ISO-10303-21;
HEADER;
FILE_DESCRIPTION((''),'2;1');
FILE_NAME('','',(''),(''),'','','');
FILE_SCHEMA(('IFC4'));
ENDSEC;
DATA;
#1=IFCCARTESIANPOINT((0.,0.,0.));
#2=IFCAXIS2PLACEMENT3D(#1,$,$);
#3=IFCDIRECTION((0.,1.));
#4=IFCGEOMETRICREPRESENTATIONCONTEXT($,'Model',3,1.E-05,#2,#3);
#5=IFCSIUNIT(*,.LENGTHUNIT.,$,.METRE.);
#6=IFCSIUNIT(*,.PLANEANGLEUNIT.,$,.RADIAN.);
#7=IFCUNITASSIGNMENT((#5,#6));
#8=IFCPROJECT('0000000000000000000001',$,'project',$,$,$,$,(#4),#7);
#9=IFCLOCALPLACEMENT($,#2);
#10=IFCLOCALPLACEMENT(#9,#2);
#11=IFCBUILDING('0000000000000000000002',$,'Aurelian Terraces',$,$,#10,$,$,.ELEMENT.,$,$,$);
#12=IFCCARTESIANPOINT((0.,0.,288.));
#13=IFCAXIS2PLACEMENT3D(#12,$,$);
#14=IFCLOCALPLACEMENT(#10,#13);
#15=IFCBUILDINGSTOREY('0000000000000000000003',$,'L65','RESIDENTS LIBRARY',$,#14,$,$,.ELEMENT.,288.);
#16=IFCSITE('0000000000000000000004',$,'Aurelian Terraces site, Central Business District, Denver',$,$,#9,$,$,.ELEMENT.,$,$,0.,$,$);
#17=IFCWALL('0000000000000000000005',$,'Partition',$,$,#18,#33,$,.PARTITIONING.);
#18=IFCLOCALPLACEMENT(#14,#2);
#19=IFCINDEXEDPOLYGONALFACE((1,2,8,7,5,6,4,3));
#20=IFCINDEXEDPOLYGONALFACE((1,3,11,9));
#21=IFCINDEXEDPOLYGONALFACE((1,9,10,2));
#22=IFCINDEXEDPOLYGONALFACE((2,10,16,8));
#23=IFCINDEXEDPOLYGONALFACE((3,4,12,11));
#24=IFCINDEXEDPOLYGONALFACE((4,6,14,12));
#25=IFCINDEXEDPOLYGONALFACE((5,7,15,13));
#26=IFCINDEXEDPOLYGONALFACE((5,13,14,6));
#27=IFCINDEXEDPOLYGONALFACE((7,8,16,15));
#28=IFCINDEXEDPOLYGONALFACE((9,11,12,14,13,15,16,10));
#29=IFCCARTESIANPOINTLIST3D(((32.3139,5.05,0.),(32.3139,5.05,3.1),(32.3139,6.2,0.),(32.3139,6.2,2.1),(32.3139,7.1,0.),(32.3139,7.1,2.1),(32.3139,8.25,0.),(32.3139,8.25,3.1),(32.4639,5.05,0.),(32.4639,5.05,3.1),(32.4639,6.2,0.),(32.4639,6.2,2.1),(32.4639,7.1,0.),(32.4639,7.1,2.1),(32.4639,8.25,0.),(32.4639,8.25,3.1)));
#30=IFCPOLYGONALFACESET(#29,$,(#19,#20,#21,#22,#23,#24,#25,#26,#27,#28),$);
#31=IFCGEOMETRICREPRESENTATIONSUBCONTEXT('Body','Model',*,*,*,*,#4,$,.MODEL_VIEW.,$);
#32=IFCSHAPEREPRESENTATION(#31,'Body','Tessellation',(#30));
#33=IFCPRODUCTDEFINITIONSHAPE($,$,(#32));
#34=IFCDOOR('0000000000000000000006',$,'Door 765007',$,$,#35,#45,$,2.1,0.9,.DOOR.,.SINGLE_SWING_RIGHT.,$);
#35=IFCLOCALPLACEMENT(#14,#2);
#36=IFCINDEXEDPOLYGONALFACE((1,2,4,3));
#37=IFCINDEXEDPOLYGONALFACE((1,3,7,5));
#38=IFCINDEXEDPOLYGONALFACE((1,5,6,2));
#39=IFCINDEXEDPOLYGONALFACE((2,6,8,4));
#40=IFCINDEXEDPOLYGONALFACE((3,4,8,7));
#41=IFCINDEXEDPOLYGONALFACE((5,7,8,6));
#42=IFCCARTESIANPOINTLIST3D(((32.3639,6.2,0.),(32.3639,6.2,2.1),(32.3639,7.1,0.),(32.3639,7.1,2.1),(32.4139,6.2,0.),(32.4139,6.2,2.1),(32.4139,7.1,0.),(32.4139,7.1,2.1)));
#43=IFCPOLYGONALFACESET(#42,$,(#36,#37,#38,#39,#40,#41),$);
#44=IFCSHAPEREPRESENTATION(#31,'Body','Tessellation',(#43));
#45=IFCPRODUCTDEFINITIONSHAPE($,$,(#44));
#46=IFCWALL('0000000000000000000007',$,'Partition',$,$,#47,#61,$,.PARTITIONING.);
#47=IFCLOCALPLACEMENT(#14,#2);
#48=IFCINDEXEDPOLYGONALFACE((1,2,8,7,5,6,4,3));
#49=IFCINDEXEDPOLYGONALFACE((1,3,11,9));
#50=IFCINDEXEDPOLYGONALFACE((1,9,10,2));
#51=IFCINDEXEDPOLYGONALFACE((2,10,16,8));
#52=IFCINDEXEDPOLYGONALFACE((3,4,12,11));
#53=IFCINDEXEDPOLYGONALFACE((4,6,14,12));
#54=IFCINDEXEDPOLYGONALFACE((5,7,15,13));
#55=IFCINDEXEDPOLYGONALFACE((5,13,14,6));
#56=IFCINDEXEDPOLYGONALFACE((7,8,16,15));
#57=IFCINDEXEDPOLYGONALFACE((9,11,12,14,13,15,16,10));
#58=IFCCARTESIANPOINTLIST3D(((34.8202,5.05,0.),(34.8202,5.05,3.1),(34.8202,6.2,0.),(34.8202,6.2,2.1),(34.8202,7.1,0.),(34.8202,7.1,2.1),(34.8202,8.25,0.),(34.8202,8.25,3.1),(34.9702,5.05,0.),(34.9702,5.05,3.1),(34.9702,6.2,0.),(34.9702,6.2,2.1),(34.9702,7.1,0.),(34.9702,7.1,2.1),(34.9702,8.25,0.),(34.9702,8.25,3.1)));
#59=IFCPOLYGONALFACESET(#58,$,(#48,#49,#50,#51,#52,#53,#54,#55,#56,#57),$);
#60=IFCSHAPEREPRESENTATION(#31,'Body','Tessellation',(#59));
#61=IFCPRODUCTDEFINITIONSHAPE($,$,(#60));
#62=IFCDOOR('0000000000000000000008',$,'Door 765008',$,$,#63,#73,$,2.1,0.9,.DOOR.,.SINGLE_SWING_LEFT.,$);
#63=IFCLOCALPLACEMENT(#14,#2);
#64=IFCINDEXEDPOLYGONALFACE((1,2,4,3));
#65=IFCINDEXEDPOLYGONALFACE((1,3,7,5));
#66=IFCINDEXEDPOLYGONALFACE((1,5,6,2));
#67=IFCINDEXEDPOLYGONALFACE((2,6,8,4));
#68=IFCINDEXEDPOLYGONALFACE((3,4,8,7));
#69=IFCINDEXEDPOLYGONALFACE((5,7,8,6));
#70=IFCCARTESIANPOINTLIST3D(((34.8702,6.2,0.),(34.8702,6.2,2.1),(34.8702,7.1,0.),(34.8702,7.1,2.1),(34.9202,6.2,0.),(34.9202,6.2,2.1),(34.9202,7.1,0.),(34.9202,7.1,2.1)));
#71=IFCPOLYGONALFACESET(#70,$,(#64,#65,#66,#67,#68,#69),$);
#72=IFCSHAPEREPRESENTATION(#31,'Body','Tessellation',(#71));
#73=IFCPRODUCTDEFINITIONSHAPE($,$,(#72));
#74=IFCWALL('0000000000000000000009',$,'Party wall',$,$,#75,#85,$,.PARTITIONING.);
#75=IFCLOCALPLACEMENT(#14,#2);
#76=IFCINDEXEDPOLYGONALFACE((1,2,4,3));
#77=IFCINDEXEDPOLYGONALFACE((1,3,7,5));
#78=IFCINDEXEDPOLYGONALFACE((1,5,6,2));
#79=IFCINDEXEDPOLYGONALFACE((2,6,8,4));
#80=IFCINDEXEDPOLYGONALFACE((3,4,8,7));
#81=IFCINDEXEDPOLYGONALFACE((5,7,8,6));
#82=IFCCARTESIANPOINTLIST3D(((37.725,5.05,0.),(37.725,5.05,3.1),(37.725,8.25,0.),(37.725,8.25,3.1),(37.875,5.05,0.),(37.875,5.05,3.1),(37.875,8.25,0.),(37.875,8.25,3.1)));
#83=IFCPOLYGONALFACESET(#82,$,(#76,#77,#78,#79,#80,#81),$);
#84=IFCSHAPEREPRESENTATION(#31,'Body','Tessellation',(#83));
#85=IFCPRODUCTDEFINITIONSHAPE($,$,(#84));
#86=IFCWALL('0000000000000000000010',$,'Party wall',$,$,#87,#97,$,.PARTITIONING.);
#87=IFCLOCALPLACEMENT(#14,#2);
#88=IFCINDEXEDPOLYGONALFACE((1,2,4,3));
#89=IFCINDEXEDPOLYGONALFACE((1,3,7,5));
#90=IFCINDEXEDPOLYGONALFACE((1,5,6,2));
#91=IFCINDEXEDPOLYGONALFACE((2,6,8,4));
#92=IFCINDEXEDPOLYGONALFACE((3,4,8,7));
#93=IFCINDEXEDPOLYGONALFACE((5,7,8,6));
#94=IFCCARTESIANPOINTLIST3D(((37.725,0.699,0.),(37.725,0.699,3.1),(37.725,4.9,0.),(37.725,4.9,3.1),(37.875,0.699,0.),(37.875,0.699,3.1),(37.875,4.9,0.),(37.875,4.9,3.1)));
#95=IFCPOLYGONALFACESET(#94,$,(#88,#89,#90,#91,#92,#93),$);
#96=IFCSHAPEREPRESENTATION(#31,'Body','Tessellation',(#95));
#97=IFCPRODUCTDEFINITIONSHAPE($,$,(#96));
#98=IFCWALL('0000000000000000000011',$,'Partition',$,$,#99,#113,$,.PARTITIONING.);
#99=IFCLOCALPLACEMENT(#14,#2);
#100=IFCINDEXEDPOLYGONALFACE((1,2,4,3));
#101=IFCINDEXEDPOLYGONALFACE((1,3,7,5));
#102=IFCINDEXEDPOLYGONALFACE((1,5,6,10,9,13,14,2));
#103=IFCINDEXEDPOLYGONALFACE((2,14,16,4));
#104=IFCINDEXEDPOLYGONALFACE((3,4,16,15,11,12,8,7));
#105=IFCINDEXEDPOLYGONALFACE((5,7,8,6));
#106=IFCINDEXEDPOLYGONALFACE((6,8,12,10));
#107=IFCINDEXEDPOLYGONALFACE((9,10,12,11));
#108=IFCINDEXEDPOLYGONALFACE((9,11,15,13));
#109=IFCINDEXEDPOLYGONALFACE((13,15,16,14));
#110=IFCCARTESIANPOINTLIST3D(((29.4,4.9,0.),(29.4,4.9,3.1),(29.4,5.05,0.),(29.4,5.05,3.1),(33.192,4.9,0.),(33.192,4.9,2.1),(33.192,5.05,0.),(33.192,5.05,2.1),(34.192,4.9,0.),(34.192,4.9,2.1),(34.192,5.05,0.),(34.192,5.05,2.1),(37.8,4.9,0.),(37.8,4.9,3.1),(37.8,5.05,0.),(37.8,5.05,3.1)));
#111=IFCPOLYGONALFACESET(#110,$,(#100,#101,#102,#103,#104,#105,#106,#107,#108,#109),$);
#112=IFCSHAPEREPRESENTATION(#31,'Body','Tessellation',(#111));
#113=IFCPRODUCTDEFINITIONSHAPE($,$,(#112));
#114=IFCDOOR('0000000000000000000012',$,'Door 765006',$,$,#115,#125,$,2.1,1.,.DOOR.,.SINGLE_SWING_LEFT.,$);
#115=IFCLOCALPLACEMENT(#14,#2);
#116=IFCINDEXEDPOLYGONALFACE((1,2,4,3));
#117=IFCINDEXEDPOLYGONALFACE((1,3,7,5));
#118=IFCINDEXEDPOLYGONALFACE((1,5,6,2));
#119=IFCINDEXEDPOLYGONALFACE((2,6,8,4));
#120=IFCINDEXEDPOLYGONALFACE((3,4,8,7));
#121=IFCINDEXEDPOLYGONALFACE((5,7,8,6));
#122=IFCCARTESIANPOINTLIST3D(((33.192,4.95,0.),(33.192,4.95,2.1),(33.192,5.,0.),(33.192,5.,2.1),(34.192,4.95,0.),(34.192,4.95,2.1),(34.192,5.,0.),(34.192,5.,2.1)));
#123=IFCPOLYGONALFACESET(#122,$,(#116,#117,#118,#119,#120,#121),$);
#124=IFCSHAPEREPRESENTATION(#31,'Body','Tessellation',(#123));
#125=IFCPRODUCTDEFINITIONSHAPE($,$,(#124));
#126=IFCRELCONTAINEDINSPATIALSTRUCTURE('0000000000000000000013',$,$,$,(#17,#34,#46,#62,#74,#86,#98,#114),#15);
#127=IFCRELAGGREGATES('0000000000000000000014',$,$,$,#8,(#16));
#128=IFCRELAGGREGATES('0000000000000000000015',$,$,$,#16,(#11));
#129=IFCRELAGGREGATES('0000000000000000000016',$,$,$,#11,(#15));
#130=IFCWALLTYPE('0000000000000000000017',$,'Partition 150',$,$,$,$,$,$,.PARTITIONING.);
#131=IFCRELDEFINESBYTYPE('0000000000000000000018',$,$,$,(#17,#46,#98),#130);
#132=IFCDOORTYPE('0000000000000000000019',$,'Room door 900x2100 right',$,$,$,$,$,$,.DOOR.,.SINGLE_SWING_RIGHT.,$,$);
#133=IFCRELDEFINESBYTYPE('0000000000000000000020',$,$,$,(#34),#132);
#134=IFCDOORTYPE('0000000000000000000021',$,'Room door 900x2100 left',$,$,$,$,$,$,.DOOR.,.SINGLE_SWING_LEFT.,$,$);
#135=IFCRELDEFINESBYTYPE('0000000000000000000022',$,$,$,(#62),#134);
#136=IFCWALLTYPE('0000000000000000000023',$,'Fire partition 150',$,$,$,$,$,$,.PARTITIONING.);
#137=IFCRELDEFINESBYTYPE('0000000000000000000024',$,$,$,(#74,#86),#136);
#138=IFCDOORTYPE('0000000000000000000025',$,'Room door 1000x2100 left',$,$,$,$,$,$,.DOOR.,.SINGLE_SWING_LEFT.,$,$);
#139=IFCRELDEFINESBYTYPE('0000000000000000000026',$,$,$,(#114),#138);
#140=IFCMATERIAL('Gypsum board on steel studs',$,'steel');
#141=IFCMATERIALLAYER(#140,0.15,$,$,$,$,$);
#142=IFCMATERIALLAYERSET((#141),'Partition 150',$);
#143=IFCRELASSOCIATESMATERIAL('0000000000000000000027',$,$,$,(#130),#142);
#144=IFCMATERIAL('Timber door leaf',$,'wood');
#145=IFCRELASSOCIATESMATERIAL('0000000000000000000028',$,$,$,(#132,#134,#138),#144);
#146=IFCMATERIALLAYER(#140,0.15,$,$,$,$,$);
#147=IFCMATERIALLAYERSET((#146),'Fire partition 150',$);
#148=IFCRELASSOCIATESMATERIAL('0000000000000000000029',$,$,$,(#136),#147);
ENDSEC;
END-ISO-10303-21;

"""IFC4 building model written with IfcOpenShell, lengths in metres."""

from ifc_helpers import new_model, si_unit, direction, frame, frame_2d, origin, place, context, subcontext, project, spatial, rectangle, extrude, source, transform, mapped, material, layer, layer_set, type_object, element, fill, save


model = new_model("IFC4")

# Units and contexts
model_context = context("Model", 3, precision=1e-05, world=origin(), true_north=direction((0.0, 1.0)))
body_context = subcontext(model_context, "Body", "Model", "MODEL_VIEW")
ifc_project = project(units=[si_unit("LENGTHUNIT", "METRE"), si_unit("PLANEANGLEUNIT", "RADIAN")], contexts=[model_context])

# Site, building, storey
site_placement = place(None, origin())
site = spatial("IfcSite", under=ifc_project, at=site_placement, Name="Aurelian Terraces site, Central Business District, Denver", CompositionType="ELEMENT", RefElevation=0.0)
building_placement = place(site_placement, origin())
building = spatial("IfcBuilding", under=site, at=building_placement, Name="Aurelian Terraces", CompositionType="ELEMENT")
storey_placement = place(building_placement, frame((0.0, 0.0, 288.0)))
storey = spatial("IfcBuildingStorey", under=building, at=storey_placement, Name="L65", Description="RESIDENTS LIBRARY", CompositionType="ELEMENT", Elevation=288.0)

# Shared definitions
ifc_material_1 = material(Name="Gypsum board on steel studs", Category="steel")
ifc_layer_1 = layer(ifc_material_1, 0.15)
ifc_layer_set_1 = layer_set([ifc_layer_1], Name="Partition 150")
wall_type_1 = type_object("IfcWallType", Name="Partition 150", PredefinedType="PARTITIONING", material=ifc_layer_set_1)

# Walls, openings, doors
shared_shape_1 = source(origin(), body_context, "Body", "SweptSolid", [
    extrude(rectangle(XDim=3.2, YDim=0.15, at=frame_2d((1.6, 0.0))), origin(), (0.0, 0.0, 1.0), 3.1),
])
wall_1_placement = place(storey_placement, frame((32.3889, 5.05, 0.0), z_axis=(0.0, 0.0, 1.0), x_axis=(0.0, 1.0, 0.0)))
wall_1 = element("IfcWall", 1, at=wall_1_placement, inside=storey, type_object=wall_type_1, Name="Partition", PredefinedType="PARTITIONING", context=body_context, shape_type="MappedRepresentation", body=[
    mapped(shared_shape_1, transform((0.0, 0.0, 0.0), scale=1.0)),
])
shared_shape_2 = source(origin(), body_context, "Body", "SweptSolid", [
    extrude(rectangle(XDim=0.9, YDim=2.1, at=frame_2d((0.45, 1.05))), frame((0.0, 0.085, 0.0), z_axis=(0.0, -1.0, 0.0), x_axis=(1.0, 0.0, 0.0)), (0.0, 0.0, 1.0), 0.17),
])
opening_1_placement = place(wall_1_placement, frame((1.15, 0.0, 0.0)))
opening_1 = element("IfcOpeningElement", 2, at=opening_1_placement, cuts=wall_1, PredefinedType="OPENING", context=body_context, shape_type="MappedRepresentation", body=[
    mapped(shared_shape_2, transform((0.0, 0.0, 0.0), scale=1.0)),
])
ifc_material_2 = material(Name="Timber door leaf", Category="wood")
door_type_1 = type_object("IfcDoorType", Name="Room door 900x2100 right", OperationType="SINGLE_SWING_RIGHT", PredefinedType="DOOR", material=ifc_material_2)
shared_shape_3 = source(origin(), body_context, "Body", "SweptSolid", [
    extrude(rectangle(XDim=0.9, YDim=2.1, at=frame_2d((0.45, 1.05))), frame((0.0, 0.025, 0.0), z_axis=(0.0, -1.0, 0.0), x_axis=(1.0, 0.0, 0.0)), (0.0, 0.0, 1.0), 0.05),
])
door_1_placement = place(opening_1_placement, origin())
door_1 = element("IfcDoor", 3, at=door_1_placement, inside=storey, type_object=door_type_1, Name="Door 765007", OperationType="SINGLE_SWING_RIGHT", OverallHeight=2.1, OverallWidth=0.9, PredefinedType="DOOR", context=body_context, shape_type="MappedRepresentation", body=[
    mapped(shared_shape_3, transform((0.0, 0.0, 0.0), scale=1.0)),
])
fill(opening_1, door_1)
wall_2_placement = place(storey_placement, frame((34.8952, 5.05, 0.0), z_axis=(0.0, 0.0, 1.0), x_axis=(0.0, 1.0, 0.0)))
wall_2 = element("IfcWall", 4, at=wall_2_placement, inside=storey, type_object=wall_type_1, Name="Partition", PredefinedType="PARTITIONING", context=body_context, shape_type="MappedRepresentation", body=[
    mapped(shared_shape_1, transform((0.0, 0.0, 0.0), scale=1.0)),
])
opening_2_placement = place(wall_2_placement, frame((1.15, 0.0, 0.0)))
opening_2 = element("IfcOpeningElement", 5, at=opening_2_placement, cuts=wall_2, PredefinedType="OPENING", context=body_context, shape_type="MappedRepresentation", body=[
    mapped(shared_shape_2, transform((0.0, 0.0, 0.0), scale=1.0)),
])
door_type_2 = type_object("IfcDoorType", Name="Room door 900x2100 left", OperationType="SINGLE_SWING_LEFT", PredefinedType="DOOR", material=ifc_material_2)
door_2_placement = place(opening_2_placement, origin())
door_2 = element("IfcDoor", 6, at=door_2_placement, inside=storey, type_object=door_type_2, Name="Door 765008", OperationType="SINGLE_SWING_LEFT", OverallHeight=2.1, OverallWidth=0.9, PredefinedType="DOOR", context=body_context, shape_type="MappedRepresentation", body=[
    mapped(shared_shape_3, transform((0.0, 0.0, 0.0), scale=1.0)),
])
fill(opening_2, door_2)

# Walls
ifc_layer_2 = layer(ifc_material_1, 0.15)
ifc_layer_set_2 = layer_set([ifc_layer_2], Name="Fire partition 150")
wall_type_2 = type_object("IfcWallType", Name="Fire partition 150", PredefinedType="PARTITIONING", material=ifc_layer_set_2)
wall_3_placement = place(storey_placement, frame((37.8, 5.05, 0.0), z_axis=(0.0, 0.0, 1.0), x_axis=(0.0, 1.0, 0.0)))
element("IfcWall", 7, at=wall_3_placement, inside=storey, type_object=wall_type_2, Name="Party wall", PredefinedType="PARTITIONING", context=body_context, shape_type="MappedRepresentation", body=[
    mapped(shared_shape_1, transform((0.0, 0.0, 0.0), scale=1.0)),
])
shared_shape_4 = source(origin(), body_context, "Body", "SweptSolid", [
    extrude(rectangle(XDim=4.201, YDim=0.15, at=frame_2d((2.1005, 0.0))), origin(), (0.0, 0.0, 1.0), 3.1),
])
wall_4_placement = place(storey_placement, frame((37.8, 0.699, 0.0), z_axis=(0.0, 0.0, 1.0), x_axis=(0.0, 1.0, 0.0)))
element("IfcWall", 8, at=wall_4_placement, inside=storey, type_object=wall_type_2, Name="Party wall", PredefinedType="PARTITIONING", context=body_context, shape_type="MappedRepresentation", body=[
    mapped(shared_shape_4, transform((0.0, 0.0, 0.0), scale=1.0)),
])

# Wall, opening, door
shared_shape_5 = source(origin(), body_context, "Body", "SweptSolid", [
    extrude(rectangle(XDim=8.4, YDim=0.15, at=frame_2d((4.2, 0.0))), origin(), (0.0, 0.0, 1.0), 3.1),
])
wall_5_placement = place(storey_placement, frame((37.8, 4.975, 0.0), z_axis=(0.0, 0.0, 1.0), x_axis=(-1.0, 0.0, 0.0)))
wall_5 = element("IfcWall", 9, at=wall_5_placement, inside=storey, type_object=wall_type_1, Name="Partition", PredefinedType="PARTITIONING", context=body_context, shape_type="MappedRepresentation", body=[
    mapped(shared_shape_5, transform((0.0, 0.0, 0.0), scale=1.0)),
])
shared_shape_6 = source(origin(), body_context, "Body", "SweptSolid", [
    extrude(rectangle(XDim=1.0, YDim=2.1, at=frame_2d((0.5, 1.05))), frame((0.0, 0.085, 0.0), z_axis=(0.0, -1.0, 0.0), x_axis=(1.0, 0.0, 0.0)), (0.0, 0.0, 1.0), 0.17),
])
opening_3_placement = place(wall_5_placement, frame((3.608, 0.0, 0.0)))
opening_3 = element("IfcOpeningElement", 10, at=opening_3_placement, cuts=wall_5, PredefinedType="OPENING", context=body_context, shape_type="MappedRepresentation", body=[
    mapped(shared_shape_6, transform((0.0, 0.0, 0.0), scale=1.0)),
])
door_type_3 = type_object("IfcDoorType", Name="Room door 1000x2100 left", OperationType="SINGLE_SWING_LEFT", PredefinedType="DOOR", material=ifc_material_2)
shared_shape_7 = source(origin(), body_context, "Body", "SweptSolid", [
    extrude(rectangle(XDim=1.0, YDim=2.1, at=frame_2d((0.5, 1.05))), frame((0.0, 0.025, 0.0), z_axis=(0.0, -1.0, 0.0), x_axis=(1.0, 0.0, 0.0)), (0.0, 0.0, 1.0), 0.05),
])
door_3_placement = place(opening_3_placement, origin())
door_3 = element("IfcDoor", 11, at=door_3_placement, inside=storey, type_object=door_type_3, Name="Door 765006", OperationType="SINGLE_SWING_LEFT", OverallHeight=2.1, OverallWidth=1.0, PredefinedType="DOOR", context=body_context, shape_type="MappedRepresentation", body=[
    mapped(shared_shape_7, transform((0.0, 0.0, 0.0), scale=1.0)),
])
fill(opening_3, door_3)

save(model, "model.ifc")
